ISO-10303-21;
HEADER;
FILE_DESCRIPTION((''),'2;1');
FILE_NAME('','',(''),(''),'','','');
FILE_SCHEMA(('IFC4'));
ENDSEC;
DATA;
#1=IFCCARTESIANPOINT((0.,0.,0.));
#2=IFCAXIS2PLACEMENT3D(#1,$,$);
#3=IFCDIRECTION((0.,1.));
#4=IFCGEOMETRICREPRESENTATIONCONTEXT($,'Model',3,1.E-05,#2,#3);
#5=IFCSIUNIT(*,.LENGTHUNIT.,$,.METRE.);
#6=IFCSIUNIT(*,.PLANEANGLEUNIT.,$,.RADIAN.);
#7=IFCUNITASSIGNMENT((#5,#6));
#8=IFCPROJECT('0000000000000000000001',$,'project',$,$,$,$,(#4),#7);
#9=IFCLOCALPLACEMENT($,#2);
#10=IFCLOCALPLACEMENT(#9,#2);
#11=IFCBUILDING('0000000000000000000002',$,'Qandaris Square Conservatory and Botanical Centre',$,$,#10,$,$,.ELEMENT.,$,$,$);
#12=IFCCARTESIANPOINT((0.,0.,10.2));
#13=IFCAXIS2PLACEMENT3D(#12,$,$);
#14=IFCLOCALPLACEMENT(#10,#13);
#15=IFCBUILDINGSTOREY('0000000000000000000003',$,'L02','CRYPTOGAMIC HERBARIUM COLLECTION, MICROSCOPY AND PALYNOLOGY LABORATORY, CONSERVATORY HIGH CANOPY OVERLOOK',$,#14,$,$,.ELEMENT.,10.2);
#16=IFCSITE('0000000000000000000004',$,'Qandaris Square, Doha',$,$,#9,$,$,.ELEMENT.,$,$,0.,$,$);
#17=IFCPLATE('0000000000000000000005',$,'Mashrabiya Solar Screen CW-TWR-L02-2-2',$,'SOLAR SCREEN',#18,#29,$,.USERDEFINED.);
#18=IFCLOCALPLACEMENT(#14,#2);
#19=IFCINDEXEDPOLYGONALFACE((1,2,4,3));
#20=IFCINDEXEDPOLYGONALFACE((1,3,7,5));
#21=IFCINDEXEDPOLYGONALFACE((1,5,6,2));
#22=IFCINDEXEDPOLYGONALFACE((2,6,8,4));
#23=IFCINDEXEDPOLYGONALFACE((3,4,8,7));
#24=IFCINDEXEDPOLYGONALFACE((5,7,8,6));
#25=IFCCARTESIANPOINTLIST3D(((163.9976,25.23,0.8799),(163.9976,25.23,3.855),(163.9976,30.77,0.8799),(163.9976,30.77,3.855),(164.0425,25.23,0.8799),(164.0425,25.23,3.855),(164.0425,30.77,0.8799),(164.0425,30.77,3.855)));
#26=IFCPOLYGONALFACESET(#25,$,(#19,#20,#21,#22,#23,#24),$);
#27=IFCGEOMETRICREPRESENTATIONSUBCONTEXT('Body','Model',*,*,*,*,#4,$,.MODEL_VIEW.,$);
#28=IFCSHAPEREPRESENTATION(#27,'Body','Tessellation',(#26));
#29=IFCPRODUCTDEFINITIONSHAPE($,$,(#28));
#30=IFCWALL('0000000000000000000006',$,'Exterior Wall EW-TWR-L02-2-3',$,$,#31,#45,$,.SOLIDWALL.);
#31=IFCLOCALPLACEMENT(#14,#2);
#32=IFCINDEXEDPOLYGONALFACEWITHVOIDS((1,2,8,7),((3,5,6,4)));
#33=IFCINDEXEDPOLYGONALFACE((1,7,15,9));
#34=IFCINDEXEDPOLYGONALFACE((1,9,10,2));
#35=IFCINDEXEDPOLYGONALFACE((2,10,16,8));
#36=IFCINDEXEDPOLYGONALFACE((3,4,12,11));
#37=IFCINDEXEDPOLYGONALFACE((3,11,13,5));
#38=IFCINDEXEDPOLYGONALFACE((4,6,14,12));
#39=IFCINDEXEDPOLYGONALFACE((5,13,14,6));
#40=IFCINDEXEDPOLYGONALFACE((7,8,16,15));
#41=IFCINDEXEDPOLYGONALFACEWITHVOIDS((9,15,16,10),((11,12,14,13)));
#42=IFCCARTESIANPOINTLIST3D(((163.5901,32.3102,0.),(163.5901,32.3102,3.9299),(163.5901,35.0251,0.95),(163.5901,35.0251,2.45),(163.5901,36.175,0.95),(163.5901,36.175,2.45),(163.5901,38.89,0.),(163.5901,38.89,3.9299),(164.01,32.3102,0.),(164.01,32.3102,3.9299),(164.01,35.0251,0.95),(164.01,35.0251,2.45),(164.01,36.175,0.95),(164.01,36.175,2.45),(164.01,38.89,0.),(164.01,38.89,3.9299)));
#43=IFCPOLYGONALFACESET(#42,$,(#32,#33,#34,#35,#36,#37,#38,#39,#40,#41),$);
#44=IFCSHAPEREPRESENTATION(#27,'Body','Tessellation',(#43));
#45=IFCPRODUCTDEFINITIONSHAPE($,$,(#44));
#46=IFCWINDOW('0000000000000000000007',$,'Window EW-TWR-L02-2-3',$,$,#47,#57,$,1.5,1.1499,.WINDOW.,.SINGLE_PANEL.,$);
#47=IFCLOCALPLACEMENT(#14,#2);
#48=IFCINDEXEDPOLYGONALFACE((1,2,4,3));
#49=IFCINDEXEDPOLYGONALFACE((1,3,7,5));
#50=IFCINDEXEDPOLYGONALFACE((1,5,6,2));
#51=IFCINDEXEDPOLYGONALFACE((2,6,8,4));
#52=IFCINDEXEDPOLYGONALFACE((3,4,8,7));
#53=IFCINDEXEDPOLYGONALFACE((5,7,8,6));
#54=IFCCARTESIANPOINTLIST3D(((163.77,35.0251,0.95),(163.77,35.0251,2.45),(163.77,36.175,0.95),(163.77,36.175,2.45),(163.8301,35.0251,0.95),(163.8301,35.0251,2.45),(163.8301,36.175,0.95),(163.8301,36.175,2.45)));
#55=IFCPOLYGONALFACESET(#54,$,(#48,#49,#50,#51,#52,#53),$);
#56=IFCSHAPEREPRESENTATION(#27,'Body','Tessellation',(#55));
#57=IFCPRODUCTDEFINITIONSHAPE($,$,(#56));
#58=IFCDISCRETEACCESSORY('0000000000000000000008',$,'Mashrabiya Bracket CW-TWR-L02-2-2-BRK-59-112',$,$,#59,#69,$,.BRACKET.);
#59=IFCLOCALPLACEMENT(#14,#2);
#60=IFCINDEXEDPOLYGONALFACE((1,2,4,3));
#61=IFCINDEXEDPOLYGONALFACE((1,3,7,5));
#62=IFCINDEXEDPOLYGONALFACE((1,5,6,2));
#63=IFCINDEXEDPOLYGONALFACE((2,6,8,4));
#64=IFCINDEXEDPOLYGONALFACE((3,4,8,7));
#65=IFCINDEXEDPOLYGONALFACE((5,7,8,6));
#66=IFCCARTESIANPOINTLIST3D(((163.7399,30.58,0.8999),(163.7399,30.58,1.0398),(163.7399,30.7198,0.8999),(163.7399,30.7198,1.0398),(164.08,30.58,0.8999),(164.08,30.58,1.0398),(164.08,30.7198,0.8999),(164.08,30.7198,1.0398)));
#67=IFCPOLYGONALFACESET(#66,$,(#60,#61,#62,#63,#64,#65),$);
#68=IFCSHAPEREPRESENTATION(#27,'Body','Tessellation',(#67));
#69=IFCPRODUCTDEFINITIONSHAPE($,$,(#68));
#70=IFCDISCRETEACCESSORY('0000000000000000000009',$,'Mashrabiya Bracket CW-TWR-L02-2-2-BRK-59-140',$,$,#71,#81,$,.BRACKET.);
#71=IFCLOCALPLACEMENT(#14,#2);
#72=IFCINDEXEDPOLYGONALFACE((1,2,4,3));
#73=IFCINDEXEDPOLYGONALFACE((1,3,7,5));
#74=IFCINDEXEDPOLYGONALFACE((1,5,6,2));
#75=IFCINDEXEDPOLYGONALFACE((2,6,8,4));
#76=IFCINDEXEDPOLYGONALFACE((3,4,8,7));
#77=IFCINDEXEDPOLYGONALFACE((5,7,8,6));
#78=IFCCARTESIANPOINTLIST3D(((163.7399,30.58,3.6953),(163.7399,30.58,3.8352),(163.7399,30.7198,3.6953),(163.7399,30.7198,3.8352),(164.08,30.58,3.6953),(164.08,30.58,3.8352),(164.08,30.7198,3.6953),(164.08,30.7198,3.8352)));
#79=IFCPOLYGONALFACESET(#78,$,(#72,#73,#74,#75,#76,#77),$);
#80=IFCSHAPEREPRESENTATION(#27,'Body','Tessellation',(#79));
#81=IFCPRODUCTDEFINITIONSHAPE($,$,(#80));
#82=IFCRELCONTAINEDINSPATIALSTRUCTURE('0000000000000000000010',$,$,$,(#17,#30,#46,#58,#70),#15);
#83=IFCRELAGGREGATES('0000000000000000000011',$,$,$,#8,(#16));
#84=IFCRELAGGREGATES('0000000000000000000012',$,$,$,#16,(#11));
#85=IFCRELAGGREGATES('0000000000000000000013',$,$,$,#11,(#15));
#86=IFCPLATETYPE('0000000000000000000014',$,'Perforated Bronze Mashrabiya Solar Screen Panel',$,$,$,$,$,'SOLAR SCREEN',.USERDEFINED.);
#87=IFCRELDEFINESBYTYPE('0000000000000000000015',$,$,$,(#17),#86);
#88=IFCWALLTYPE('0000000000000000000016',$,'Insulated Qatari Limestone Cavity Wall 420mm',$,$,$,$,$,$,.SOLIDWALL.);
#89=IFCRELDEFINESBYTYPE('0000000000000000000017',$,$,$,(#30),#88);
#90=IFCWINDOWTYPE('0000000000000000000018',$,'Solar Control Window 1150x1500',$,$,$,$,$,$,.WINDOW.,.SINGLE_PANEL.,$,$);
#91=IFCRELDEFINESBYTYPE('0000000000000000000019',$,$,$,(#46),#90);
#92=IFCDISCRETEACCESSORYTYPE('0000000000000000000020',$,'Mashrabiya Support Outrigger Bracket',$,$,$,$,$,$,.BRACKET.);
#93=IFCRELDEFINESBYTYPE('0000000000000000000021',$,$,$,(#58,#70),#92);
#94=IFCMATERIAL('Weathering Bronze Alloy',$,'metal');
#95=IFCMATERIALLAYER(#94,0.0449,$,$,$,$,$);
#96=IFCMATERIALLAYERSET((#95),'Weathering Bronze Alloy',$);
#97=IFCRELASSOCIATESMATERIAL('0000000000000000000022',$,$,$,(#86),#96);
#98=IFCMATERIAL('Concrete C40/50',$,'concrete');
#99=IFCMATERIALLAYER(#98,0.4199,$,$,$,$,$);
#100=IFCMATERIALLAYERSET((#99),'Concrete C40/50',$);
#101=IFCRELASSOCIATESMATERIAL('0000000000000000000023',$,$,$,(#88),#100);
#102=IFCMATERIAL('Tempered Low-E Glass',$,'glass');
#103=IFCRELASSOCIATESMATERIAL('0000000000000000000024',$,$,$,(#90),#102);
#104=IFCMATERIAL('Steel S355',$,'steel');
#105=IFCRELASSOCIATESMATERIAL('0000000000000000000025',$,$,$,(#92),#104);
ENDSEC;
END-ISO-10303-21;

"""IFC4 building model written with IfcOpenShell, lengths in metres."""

from ifc_helpers import new_model, si_unit, direction, frame, frame_2d, origin, origin_2d, place, context, subcontext, project, spatial, rectangle, extrude, material, layer, layer_set, type_object, element, fill, save


model = new_model("IFC4")

# Units and contexts
model_context = context("Model", 3, precision=1e-05, world=origin(), true_north=direction((0.0, 1.0)))
body_context = subcontext(model_context, "Body", "Model", "MODEL_VIEW")
ifc_project = project(units=[si_unit("LENGTHUNIT", "METRE"), si_unit("PLANEANGLEUNIT", "RADIAN")], contexts=[model_context])

# Site, building, storey
site_placement = place(None, origin())
site = spatial("IfcSite", under=ifc_project, at=site_placement, Name="Qandaris Square, Doha", CompositionType="ELEMENT", RefElevation=0.0)
building_placement = place(site_placement, origin())
building = spatial("IfcBuilding", under=site, at=building_placement, Name="Qandaris Square Conservatory and Botanical Centre", CompositionType="ELEMENT")
storey_placement = place(building_placement, frame((0.0, 0.0, 10.2)))
storey = spatial("IfcBuildingStorey", under=building, at=storey_placement, Name="L02", Description="CRYPTOGAMIC HERBARIUM COLLECTION, MICROSCOPY AND PALYNOLOGY LABORATORY, CONSERVATORY HIGH CANOPY OVERLOOK", CompositionType="ELEMENT", Elevation=10.2)

# Shared definitions
ifc_material_1 = material(Name="Steel S355", Category="steel")

# Plate
ifc_material_2 = material(Name="Tempered Low-E Glass", Category="glass")
ifc_material_3 = material(Name="Weathering Bronze Alloy", Category="metal")
ifc_layer_1 = layer(ifc_material_3, 0.0449)
ifc_layer_set_1 = layer_set([ifc_layer_1], Name="Weathering Bronze Alloy")
plate_type_1 = type_object("IfcPlateType", Name="Perforated Bronze Mashrabiya Solar Screen Panel", ElementType="SOLAR SCREEN", PredefinedType="USERDEFINED", material=ifc_layer_set_1)
plate_1_placement = place(storey_placement, frame((164.02, 28.0, 0.8799), z_axis=(0.0, 0.0, 1.0), x_axis=(0.0, 1.0, 0.0)))
element("IfcPlate", 1, at=plate_1_placement, inside=storey, type_object=plate_type_1, Name="Mashrabiya Solar Screen CW-TWR-L02-2-2", ObjectType="SOLAR SCREEN", PredefinedType="USERDEFINED", context=body_context, shape_type="SweptSolid", body=[
    extrude(rectangle(XDim=5.54, YDim=0.0449, at=origin_2d()), origin(), (0.0, 0.0, 1.0), 2.9751),
])

# Wall, opening, window
ifc_material_4 = material(Name="Concrete C40/50", Category="concrete")
ifc_layer_2 = layer(ifc_material_4, 0.4199)
ifc_layer_set_2 = layer_set([ifc_layer_2], Name="Concrete C40/50")
wall_type = type_object("IfcWallType", Name="Insulated Qatari Limestone Cavity Wall 420mm", PredefinedType="SOLIDWALL", material=ifc_layer_set_2)
wall_placement = place(storey_placement, frame((163.8, 32.3101, 0.0), z_axis=(0.0, 0.0, 1.0), x_axis=(0.0, 1.0, 0.0)))
wall = element("IfcWall", 2, at=wall_placement, inside=storey, type_object=wall_type, Name="Exterior Wall EW-TWR-L02-2-3", PredefinedType="SOLIDWALL", context=body_context, shape_type="SweptSolid", body=[
    extrude(rectangle(XDim=6.5798, YDim=0.4199, at=frame_2d((3.29, 0.0))), origin(), (0.0, 0.0, 1.0), 3.9299),
])
opening_placement = place(wall_placement, frame((2.7151, 0.0, 0.95)))
opening = element("IfcOpeningElement", 3, at=opening_placement, cuts=wall, PredefinedType="OPENING", context=body_context, shape_type="SweptSolid", body=[
    extrude(rectangle(XDim=1.1499, YDim=1.5, at=frame_2d((0.575, 0.75))), frame((0.0, 0.2219, 0.0), z_axis=(0.0, -1.0, 0.0), x_axis=(1.0, 0.0, 0.0)), (0.0, 0.0, 1.0), 0.4438),
])
window_type = type_object("IfcWindowType", Name="Solar Control Window 1150x1500", PartitioningType="SINGLE_PANEL", PredefinedType="WINDOW", material=ifc_material_2)
window_placement = place(opening_placement, origin())
window = element("IfcWindow", 4, at=window_placement, inside=storey, type_object=window_type, Name="Window EW-TWR-L02-2-3", OverallHeight=1.5, OverallWidth=1.1499, PartitioningType="SINGLE_PANEL", PredefinedType="WINDOW", context=body_context, shape_type="SweptSolid", body=[
    extrude(rectangle(XDim=1.1499, YDim=1.5, at=frame_2d((0.575, 0.75))), frame((0.0, 0.03, 0.0), z_axis=(0.0, -1.0, 0.0), x_axis=(1.0, 0.0, 0.0)), (0.0, 0.0, 1.0), 0.0601),
])
fill(opening, window)

# Discrete accessories
discrete_accessory_type = type_object("IfcDiscreteAccessoryType", Name="Mashrabiya Support Outrigger Bracket", PredefinedType="BRACKET", material=ifc_material_1)
for number, where, z_axis, x_axis, name in (
    (5, (163.9099, 30.6499, 0.8999), (0.0, 0.0, 1.0), (0.0, 1.0, 0.0), "Mashrabiya Bracket CW-TWR-L02-2-2-BRK-59-112"),
    (6, (163.9099, 30.6499, 3.6953), (0.0, 0.0, 1.0), (0.0, 1.0, 0.0), "Mashrabiya Bracket CW-TWR-L02-2-2-BRK-59-140"),
):
    element("IfcDiscreteAccessory", number, at=place(storey_placement, frame(where, z_axis=z_axis, x_axis=x_axis)), inside=storey, type_object=discrete_accessory_type, Name=name, PredefinedType="BRACKET", context=body_context, shape_type="SweptSolid", body=[
        extrude(rectangle(XDim=0.1399, YDim=0.3401, at=origin_2d()), origin(), (0.0, 0.0, 1.0), 0.1399),
    ])

save(model, "model.ifc")
